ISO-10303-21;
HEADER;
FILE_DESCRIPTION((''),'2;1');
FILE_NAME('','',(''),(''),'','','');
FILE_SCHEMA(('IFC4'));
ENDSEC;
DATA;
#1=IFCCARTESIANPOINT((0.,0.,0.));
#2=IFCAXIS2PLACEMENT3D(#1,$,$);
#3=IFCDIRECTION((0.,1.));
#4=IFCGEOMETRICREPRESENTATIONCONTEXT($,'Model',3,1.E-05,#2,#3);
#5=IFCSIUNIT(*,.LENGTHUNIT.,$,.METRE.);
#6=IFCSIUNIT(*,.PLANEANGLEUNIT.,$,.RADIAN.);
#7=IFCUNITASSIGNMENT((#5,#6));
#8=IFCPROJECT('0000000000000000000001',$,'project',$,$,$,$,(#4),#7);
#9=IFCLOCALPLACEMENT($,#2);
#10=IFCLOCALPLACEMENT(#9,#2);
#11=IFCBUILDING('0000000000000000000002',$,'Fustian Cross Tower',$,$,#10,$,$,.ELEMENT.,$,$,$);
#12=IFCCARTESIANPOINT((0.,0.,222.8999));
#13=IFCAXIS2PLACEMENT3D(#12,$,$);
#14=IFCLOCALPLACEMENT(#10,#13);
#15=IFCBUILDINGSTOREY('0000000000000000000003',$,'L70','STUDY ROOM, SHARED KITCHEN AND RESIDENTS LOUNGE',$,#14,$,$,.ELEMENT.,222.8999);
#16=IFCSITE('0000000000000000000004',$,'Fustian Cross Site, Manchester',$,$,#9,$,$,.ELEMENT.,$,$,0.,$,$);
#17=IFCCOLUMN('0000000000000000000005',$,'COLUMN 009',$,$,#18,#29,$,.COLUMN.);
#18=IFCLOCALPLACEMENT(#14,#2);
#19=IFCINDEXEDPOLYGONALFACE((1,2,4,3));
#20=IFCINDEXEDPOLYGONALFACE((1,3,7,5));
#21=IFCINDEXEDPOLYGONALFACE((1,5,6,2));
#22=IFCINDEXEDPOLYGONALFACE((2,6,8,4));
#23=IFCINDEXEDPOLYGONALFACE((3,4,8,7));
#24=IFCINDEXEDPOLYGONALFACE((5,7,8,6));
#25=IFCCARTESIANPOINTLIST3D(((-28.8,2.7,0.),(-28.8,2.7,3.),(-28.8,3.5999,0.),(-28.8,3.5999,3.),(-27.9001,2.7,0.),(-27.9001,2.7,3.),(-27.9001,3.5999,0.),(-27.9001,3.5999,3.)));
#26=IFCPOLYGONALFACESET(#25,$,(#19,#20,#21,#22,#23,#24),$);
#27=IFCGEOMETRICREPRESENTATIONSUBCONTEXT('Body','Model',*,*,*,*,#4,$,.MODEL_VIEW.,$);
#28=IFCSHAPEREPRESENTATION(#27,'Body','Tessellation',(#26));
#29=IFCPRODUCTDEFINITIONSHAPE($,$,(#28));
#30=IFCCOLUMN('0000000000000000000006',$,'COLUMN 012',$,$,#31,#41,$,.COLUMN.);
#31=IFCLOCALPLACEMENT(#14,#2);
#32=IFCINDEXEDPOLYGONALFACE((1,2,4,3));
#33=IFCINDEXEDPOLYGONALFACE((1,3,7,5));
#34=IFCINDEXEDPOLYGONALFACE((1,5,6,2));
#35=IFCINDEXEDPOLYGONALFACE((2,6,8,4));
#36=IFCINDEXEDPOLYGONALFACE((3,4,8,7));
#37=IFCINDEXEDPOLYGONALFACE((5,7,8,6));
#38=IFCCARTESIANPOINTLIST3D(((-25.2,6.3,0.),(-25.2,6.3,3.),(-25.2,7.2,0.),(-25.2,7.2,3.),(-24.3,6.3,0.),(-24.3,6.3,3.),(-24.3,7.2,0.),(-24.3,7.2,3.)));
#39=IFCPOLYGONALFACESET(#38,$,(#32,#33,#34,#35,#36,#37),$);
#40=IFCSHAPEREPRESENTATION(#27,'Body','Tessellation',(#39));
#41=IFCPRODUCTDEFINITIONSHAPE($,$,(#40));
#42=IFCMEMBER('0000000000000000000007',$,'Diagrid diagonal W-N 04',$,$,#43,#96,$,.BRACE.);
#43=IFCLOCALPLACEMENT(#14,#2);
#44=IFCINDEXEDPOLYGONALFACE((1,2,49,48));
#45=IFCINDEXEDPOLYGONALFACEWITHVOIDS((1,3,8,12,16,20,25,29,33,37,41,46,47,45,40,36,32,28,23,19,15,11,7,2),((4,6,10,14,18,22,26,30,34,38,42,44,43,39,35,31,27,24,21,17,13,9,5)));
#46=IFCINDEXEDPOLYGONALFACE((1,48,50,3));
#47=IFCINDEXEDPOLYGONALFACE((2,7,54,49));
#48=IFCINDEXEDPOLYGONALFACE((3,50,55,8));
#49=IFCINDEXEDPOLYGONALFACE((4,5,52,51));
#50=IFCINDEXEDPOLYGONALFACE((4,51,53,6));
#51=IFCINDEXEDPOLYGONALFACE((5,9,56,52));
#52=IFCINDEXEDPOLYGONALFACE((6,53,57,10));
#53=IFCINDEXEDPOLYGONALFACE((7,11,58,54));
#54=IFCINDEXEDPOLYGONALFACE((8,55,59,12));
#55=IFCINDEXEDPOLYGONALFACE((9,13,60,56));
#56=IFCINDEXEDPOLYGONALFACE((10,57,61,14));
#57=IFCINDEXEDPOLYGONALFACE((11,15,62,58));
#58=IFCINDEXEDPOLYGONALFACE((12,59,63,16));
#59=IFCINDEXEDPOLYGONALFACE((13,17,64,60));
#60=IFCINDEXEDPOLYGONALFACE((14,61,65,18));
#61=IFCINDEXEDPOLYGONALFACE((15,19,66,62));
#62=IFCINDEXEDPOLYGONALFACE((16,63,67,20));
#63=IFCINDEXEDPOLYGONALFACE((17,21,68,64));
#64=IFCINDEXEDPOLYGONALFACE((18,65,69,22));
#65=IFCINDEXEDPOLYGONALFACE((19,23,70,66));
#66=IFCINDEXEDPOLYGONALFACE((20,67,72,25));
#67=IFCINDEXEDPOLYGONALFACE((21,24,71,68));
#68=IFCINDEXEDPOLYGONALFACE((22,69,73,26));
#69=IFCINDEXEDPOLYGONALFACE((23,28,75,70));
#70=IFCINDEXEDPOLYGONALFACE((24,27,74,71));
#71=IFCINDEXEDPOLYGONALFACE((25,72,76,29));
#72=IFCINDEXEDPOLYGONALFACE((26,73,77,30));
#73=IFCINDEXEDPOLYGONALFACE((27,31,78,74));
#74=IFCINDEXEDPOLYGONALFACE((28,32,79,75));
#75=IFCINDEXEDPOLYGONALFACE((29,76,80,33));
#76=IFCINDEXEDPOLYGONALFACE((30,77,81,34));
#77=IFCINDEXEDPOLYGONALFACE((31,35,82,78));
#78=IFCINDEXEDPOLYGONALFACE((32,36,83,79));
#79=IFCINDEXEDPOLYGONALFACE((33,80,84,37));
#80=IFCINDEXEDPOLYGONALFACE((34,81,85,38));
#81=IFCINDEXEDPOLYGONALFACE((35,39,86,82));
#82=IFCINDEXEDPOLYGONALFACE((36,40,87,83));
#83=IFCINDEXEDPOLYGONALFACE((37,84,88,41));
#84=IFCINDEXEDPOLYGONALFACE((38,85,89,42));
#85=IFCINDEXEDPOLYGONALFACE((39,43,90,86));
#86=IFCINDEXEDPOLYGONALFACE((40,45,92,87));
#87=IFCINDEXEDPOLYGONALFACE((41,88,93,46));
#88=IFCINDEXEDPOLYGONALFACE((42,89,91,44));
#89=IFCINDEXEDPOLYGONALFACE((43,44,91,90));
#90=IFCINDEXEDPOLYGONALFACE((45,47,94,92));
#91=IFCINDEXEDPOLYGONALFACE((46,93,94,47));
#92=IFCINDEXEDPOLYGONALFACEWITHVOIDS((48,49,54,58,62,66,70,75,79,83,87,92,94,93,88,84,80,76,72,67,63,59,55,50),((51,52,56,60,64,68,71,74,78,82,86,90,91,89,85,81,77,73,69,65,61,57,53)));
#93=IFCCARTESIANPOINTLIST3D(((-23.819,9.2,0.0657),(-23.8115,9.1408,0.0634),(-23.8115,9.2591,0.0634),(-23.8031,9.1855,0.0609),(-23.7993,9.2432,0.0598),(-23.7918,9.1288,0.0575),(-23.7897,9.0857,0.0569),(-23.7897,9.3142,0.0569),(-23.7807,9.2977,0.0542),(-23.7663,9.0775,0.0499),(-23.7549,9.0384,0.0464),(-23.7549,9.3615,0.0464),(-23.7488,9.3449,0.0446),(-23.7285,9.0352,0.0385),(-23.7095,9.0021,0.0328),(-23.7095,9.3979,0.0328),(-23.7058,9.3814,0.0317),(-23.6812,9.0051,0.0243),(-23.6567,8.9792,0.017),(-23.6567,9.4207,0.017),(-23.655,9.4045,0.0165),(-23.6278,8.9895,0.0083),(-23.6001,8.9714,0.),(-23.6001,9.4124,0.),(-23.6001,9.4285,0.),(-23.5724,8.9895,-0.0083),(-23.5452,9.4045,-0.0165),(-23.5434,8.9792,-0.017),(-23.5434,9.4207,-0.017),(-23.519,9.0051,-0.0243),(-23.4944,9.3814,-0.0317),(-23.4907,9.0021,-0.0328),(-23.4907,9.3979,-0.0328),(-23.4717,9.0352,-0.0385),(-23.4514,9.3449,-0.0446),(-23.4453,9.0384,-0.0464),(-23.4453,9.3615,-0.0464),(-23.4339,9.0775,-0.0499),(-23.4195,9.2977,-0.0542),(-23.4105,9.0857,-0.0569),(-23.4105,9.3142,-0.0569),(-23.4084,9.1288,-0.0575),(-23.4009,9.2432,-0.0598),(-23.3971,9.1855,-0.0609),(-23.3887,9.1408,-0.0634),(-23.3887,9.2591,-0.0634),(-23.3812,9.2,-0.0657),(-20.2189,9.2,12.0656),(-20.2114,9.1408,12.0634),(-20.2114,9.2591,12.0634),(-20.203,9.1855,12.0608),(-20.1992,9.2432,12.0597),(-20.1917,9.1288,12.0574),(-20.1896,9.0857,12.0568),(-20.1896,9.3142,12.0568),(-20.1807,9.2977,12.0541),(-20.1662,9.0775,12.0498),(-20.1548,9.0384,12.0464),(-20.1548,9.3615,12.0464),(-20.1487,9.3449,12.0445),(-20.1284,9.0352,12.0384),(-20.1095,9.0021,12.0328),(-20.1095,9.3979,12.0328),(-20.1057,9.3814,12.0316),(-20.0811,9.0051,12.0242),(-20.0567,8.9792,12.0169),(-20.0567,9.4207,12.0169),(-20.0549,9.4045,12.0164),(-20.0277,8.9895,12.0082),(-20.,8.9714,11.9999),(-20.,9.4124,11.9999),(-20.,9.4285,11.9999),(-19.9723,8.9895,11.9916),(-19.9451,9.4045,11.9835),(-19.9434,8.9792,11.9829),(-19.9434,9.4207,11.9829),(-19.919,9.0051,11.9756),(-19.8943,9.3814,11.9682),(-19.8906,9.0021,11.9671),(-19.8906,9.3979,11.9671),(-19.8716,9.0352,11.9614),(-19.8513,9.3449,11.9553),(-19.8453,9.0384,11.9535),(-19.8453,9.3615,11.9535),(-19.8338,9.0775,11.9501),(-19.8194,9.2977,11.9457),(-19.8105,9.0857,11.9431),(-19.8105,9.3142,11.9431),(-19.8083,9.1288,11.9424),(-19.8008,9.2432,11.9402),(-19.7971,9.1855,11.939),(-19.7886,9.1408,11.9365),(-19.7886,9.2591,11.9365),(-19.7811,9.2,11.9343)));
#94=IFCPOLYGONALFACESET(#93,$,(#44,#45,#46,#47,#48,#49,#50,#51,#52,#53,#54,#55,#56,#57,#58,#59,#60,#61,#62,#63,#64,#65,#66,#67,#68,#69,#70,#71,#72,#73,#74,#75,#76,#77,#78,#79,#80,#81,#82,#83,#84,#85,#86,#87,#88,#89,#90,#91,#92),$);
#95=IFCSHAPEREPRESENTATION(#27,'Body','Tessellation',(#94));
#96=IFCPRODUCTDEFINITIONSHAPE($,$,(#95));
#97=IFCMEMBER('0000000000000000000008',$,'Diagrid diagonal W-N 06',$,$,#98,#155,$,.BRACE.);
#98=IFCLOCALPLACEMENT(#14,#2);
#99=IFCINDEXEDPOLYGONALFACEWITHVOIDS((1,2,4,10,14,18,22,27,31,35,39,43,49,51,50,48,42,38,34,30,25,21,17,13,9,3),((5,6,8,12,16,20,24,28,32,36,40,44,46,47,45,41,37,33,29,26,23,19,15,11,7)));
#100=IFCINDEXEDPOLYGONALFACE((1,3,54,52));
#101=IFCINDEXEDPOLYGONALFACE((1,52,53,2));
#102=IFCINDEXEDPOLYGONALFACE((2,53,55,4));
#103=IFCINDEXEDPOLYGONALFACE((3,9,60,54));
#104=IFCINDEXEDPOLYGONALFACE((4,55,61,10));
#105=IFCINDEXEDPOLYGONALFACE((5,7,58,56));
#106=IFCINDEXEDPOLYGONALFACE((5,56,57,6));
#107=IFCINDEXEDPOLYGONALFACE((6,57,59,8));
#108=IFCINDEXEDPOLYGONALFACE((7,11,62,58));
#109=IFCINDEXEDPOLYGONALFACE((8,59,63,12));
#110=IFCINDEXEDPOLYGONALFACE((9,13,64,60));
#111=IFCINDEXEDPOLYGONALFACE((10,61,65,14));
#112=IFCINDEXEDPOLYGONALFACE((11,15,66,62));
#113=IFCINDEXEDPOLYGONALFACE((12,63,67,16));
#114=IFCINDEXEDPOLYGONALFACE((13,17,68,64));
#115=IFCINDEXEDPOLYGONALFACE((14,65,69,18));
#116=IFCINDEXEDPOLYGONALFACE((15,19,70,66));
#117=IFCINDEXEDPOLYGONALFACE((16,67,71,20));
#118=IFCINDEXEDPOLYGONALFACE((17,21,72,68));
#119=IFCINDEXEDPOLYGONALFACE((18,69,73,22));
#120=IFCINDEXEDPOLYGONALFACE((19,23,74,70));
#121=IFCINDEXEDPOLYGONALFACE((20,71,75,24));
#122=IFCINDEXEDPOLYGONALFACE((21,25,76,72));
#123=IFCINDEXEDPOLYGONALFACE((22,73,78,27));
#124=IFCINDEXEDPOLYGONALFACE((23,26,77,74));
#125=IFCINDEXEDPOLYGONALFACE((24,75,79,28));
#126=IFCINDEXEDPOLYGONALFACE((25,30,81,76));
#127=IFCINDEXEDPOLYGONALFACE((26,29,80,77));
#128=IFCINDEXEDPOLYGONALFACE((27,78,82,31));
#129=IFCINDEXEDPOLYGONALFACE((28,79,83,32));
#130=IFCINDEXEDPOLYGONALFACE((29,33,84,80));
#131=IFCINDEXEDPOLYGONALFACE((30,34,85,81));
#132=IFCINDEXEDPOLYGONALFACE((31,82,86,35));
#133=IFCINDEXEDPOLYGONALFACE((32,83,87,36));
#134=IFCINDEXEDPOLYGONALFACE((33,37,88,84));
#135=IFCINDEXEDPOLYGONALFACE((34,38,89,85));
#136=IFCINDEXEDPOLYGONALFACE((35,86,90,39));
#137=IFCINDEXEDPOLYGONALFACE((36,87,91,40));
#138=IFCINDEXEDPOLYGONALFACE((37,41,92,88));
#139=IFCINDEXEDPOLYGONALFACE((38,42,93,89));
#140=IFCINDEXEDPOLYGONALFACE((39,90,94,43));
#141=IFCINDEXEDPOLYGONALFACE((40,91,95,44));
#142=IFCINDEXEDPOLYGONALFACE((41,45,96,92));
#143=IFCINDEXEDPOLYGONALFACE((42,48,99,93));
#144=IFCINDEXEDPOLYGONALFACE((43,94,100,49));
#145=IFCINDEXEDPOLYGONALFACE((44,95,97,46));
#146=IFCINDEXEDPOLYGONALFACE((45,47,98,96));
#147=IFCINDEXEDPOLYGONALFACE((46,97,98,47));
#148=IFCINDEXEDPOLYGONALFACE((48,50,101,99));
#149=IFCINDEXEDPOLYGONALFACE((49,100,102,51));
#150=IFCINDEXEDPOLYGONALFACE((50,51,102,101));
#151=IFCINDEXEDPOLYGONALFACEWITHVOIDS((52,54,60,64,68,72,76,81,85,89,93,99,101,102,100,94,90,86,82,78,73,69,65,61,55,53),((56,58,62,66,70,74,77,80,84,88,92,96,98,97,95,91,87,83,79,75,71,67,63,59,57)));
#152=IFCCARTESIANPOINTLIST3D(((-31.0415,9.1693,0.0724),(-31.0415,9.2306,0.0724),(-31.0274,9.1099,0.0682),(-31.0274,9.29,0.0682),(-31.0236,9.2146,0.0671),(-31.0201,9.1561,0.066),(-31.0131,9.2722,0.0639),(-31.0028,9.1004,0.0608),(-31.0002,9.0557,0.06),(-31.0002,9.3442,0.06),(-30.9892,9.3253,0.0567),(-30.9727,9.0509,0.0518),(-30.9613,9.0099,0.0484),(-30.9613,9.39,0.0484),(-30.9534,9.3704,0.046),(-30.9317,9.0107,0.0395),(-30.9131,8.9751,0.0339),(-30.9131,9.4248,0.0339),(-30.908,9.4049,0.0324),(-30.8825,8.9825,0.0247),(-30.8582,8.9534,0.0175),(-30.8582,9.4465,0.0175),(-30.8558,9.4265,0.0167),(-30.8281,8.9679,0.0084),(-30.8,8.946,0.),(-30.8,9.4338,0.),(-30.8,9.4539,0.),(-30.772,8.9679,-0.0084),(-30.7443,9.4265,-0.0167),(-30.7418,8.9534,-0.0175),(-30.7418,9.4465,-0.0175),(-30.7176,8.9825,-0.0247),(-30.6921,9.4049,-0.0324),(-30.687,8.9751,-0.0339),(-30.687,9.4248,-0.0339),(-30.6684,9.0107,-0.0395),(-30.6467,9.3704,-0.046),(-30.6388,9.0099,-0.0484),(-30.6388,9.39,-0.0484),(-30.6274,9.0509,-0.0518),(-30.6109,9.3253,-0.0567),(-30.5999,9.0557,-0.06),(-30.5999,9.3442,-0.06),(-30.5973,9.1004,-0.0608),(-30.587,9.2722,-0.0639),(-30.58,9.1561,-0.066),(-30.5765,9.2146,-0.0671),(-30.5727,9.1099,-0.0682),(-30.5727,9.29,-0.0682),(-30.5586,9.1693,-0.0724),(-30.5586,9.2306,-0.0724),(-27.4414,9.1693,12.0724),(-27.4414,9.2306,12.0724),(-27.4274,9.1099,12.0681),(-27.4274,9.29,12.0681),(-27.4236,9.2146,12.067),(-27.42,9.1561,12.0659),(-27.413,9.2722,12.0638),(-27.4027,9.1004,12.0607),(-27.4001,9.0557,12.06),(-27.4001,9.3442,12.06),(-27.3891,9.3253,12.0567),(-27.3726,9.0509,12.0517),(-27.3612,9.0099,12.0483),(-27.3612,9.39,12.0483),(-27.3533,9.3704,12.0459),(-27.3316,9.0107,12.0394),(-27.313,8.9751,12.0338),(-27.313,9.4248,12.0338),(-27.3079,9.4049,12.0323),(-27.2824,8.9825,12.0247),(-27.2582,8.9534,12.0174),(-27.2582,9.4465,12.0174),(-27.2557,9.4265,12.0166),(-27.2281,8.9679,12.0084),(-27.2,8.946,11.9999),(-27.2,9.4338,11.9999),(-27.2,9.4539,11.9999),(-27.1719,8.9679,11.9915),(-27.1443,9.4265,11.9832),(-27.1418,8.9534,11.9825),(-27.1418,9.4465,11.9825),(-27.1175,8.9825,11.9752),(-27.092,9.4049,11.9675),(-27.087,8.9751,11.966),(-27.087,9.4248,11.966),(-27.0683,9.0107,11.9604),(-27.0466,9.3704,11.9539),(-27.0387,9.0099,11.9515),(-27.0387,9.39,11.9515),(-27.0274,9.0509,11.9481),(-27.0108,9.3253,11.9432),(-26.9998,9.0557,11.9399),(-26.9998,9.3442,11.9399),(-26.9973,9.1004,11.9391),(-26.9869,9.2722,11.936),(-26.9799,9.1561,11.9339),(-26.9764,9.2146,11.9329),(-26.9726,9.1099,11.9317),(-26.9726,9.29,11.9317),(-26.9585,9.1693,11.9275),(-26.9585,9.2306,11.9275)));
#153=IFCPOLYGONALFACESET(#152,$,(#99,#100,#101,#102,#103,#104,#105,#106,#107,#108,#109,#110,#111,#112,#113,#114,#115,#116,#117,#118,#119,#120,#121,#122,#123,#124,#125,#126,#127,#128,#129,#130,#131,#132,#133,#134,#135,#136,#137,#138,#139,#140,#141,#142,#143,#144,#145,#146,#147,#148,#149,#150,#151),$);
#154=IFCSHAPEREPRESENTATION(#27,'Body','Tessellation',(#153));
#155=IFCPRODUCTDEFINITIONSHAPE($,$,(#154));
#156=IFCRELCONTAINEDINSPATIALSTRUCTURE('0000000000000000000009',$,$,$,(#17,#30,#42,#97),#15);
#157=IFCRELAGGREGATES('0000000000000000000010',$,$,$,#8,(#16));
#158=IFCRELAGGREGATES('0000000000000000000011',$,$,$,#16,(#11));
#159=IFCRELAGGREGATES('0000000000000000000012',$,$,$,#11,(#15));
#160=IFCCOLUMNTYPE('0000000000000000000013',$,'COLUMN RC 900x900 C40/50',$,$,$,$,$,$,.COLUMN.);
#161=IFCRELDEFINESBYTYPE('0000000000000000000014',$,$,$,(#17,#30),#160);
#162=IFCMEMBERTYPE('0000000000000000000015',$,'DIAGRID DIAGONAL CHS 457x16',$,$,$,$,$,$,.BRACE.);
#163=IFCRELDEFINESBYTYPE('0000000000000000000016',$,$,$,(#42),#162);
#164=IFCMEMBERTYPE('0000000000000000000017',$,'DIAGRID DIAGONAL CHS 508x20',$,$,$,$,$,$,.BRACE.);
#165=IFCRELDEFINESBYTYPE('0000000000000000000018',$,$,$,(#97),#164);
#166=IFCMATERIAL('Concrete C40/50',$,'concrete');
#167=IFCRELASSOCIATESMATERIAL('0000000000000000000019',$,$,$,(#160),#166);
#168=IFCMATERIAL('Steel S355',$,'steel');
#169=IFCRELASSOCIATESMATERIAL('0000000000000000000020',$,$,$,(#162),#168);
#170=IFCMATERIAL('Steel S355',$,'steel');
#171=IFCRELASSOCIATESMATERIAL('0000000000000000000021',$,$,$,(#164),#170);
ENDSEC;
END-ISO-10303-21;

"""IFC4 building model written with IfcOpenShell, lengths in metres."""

from ifc_helpers import new_model, si_unit, direction, frame, origin, origin_2d, place, context, subcontext, project, spatial, rectangle, hollow_circle, extrude, material, material_profile, profile_set, type_object, element, save


model = new_model("IFC4")

# Units and contexts
model_context = context("Model", 3, precision=1e-05, world=origin(), true_north=direction((0.0, 1.0)))
body_context = subcontext(model_context, "Body", "Model", "MODEL_VIEW")
ifc_project = project(units=[si_unit("LENGTHUNIT", "METRE"), si_unit("PLANEANGLEUNIT", "RADIAN")], contexts=[model_context])

# Site, building, storey
site_placement = place(None, origin())
site = spatial("IfcSite", under=ifc_project, at=site_placement, Name="Fustian Cross Site, Manchester", CompositionType="ELEMENT", RefElevation=0.0)
building_placement = place(site_placement, origin())
building = spatial("IfcBuilding", under=site, at=building_placement, Name="Fustian Cross Tower", CompositionType="ELEMENT")
storey_placement = place(building_placement, frame((0.0, 0.0, 222.8999)))
storey = spatial("IfcBuildingStorey", under=building, at=storey_placement, Name="L70", Description="STUDY ROOM, SHARED KITCHEN AND RESIDENTS LOUNGE", CompositionType="ELEMENT", Elevation=222.8999)

# Columns
ifc_material_1 = material(Name="Concrete C40/50", Category="concrete")
ifc_material_profile_1 = material_profile(ifc_material_1, rectangle(XDim=0.8999, YDim=0.8999, at=origin_2d()), Name="RC 900x900")
ifc_profile_set_1 = profile_set([ifc_material_profile_1], Name="Concrete C40/50")
column_type = type_object("IfcColumnType", Name="COLUMN RC 900x900 C40/50", PredefinedType="COLUMN", material=ifc_profile_set_1)
for number, where, z_axis, x_axis, name in (
    (1, (-28.3501, 3.1499, 0.0), (0.0, 0.0, 1.0), (1.0, 0.0, 0.0), "COLUMN 009"),
    (2, (-24.75, 6.75, 0.0), (0.0, 0.0, 1.0), (1.0, 0.0, 0.0), "COLUMN 012"),
):
    element("IfcColumn", number, at=place(storey_placement, frame(where, z_axis=z_axis, x_axis=x_axis)), inside=storey, type_object=column_type, Name=name, PredefinedType="COLUMN", context=body_context, shape_type="SweptSolid", body=[
        extrude(rectangle(XDim=0.8999, YDim=0.8999, at=origin_2d()), origin(), (0.0, 0.0, 1.0), 3.0),
    ])

# Members
ifc_material_2 = material(Name="Steel S355", Category="steel")
ifc_material_profile_2 = material_profile(ifc_material_2, hollow_circle(Radius=0.2285, WallThickness=0.0161, at=origin_2d()), Name="CHS 457x16")
ifc_profile_set_2 = profile_set([ifc_material_profile_2], Name="Steel S355")
member_type_1 = type_object("IfcMemberType", Name="DIAGRID DIAGONAL CHS 457x16", PredefinedType="BRACE", material=ifc_profile_set_2)
member_1_placement = place(storey_placement, frame((-23.6001, 9.2, 0.0), z_axis=(0.287355, 0.0, 0.957824), x_axis=(0.0, 1.0, 0.0)))
element("IfcMember", 3, at=member_1_placement, inside=storey, type_object=member_type_1, Name="Diagrid diagonal W-N 04", PredefinedType="BRACE", context=body_context, shape_type="SweptSolid", body=[
    extrude(hollow_circle(Radius=0.2285, WallThickness=0.0161, at=origin_2d()), origin(), (0.0, 0.0, 1.0), 12.5283),
])
ifc_material_3 = material(Name="Steel S355", Category="steel")
ifc_material_profile_3 = material_profile(ifc_material_3, hollow_circle(Radius=0.2539, WallThickness=0.02, at=origin_2d()), Name="CHS 508x20")
ifc_profile_set_3 = profile_set([ifc_material_profile_3], Name="Steel S355")
member_type_2 = type_object("IfcMemberType", Name="DIAGRID DIAGONAL CHS 508x20", PredefinedType="BRACE", material=ifc_profile_set_3)
member_2_placement = place(storey_placement, frame((-30.8, 9.2, 0.0), z_axis=(0.287355, 0.0, 0.957824), x_axis=(0.0, 1.0, 0.0)))
element("IfcMember", 4, at=member_2_placement, inside=storey, type_object=member_type_2, Name="Diagrid diagonal W-N 06", PredefinedType="BRACE", context=body_context, shape_type="SweptSolid", body=[
    extrude(hollow_circle(Radius=0.2539, WallThickness=0.02, at=origin_2d()), origin(), (0.0, 0.0, 1.0), 12.5283),
])

save(model, "model.ifc")
